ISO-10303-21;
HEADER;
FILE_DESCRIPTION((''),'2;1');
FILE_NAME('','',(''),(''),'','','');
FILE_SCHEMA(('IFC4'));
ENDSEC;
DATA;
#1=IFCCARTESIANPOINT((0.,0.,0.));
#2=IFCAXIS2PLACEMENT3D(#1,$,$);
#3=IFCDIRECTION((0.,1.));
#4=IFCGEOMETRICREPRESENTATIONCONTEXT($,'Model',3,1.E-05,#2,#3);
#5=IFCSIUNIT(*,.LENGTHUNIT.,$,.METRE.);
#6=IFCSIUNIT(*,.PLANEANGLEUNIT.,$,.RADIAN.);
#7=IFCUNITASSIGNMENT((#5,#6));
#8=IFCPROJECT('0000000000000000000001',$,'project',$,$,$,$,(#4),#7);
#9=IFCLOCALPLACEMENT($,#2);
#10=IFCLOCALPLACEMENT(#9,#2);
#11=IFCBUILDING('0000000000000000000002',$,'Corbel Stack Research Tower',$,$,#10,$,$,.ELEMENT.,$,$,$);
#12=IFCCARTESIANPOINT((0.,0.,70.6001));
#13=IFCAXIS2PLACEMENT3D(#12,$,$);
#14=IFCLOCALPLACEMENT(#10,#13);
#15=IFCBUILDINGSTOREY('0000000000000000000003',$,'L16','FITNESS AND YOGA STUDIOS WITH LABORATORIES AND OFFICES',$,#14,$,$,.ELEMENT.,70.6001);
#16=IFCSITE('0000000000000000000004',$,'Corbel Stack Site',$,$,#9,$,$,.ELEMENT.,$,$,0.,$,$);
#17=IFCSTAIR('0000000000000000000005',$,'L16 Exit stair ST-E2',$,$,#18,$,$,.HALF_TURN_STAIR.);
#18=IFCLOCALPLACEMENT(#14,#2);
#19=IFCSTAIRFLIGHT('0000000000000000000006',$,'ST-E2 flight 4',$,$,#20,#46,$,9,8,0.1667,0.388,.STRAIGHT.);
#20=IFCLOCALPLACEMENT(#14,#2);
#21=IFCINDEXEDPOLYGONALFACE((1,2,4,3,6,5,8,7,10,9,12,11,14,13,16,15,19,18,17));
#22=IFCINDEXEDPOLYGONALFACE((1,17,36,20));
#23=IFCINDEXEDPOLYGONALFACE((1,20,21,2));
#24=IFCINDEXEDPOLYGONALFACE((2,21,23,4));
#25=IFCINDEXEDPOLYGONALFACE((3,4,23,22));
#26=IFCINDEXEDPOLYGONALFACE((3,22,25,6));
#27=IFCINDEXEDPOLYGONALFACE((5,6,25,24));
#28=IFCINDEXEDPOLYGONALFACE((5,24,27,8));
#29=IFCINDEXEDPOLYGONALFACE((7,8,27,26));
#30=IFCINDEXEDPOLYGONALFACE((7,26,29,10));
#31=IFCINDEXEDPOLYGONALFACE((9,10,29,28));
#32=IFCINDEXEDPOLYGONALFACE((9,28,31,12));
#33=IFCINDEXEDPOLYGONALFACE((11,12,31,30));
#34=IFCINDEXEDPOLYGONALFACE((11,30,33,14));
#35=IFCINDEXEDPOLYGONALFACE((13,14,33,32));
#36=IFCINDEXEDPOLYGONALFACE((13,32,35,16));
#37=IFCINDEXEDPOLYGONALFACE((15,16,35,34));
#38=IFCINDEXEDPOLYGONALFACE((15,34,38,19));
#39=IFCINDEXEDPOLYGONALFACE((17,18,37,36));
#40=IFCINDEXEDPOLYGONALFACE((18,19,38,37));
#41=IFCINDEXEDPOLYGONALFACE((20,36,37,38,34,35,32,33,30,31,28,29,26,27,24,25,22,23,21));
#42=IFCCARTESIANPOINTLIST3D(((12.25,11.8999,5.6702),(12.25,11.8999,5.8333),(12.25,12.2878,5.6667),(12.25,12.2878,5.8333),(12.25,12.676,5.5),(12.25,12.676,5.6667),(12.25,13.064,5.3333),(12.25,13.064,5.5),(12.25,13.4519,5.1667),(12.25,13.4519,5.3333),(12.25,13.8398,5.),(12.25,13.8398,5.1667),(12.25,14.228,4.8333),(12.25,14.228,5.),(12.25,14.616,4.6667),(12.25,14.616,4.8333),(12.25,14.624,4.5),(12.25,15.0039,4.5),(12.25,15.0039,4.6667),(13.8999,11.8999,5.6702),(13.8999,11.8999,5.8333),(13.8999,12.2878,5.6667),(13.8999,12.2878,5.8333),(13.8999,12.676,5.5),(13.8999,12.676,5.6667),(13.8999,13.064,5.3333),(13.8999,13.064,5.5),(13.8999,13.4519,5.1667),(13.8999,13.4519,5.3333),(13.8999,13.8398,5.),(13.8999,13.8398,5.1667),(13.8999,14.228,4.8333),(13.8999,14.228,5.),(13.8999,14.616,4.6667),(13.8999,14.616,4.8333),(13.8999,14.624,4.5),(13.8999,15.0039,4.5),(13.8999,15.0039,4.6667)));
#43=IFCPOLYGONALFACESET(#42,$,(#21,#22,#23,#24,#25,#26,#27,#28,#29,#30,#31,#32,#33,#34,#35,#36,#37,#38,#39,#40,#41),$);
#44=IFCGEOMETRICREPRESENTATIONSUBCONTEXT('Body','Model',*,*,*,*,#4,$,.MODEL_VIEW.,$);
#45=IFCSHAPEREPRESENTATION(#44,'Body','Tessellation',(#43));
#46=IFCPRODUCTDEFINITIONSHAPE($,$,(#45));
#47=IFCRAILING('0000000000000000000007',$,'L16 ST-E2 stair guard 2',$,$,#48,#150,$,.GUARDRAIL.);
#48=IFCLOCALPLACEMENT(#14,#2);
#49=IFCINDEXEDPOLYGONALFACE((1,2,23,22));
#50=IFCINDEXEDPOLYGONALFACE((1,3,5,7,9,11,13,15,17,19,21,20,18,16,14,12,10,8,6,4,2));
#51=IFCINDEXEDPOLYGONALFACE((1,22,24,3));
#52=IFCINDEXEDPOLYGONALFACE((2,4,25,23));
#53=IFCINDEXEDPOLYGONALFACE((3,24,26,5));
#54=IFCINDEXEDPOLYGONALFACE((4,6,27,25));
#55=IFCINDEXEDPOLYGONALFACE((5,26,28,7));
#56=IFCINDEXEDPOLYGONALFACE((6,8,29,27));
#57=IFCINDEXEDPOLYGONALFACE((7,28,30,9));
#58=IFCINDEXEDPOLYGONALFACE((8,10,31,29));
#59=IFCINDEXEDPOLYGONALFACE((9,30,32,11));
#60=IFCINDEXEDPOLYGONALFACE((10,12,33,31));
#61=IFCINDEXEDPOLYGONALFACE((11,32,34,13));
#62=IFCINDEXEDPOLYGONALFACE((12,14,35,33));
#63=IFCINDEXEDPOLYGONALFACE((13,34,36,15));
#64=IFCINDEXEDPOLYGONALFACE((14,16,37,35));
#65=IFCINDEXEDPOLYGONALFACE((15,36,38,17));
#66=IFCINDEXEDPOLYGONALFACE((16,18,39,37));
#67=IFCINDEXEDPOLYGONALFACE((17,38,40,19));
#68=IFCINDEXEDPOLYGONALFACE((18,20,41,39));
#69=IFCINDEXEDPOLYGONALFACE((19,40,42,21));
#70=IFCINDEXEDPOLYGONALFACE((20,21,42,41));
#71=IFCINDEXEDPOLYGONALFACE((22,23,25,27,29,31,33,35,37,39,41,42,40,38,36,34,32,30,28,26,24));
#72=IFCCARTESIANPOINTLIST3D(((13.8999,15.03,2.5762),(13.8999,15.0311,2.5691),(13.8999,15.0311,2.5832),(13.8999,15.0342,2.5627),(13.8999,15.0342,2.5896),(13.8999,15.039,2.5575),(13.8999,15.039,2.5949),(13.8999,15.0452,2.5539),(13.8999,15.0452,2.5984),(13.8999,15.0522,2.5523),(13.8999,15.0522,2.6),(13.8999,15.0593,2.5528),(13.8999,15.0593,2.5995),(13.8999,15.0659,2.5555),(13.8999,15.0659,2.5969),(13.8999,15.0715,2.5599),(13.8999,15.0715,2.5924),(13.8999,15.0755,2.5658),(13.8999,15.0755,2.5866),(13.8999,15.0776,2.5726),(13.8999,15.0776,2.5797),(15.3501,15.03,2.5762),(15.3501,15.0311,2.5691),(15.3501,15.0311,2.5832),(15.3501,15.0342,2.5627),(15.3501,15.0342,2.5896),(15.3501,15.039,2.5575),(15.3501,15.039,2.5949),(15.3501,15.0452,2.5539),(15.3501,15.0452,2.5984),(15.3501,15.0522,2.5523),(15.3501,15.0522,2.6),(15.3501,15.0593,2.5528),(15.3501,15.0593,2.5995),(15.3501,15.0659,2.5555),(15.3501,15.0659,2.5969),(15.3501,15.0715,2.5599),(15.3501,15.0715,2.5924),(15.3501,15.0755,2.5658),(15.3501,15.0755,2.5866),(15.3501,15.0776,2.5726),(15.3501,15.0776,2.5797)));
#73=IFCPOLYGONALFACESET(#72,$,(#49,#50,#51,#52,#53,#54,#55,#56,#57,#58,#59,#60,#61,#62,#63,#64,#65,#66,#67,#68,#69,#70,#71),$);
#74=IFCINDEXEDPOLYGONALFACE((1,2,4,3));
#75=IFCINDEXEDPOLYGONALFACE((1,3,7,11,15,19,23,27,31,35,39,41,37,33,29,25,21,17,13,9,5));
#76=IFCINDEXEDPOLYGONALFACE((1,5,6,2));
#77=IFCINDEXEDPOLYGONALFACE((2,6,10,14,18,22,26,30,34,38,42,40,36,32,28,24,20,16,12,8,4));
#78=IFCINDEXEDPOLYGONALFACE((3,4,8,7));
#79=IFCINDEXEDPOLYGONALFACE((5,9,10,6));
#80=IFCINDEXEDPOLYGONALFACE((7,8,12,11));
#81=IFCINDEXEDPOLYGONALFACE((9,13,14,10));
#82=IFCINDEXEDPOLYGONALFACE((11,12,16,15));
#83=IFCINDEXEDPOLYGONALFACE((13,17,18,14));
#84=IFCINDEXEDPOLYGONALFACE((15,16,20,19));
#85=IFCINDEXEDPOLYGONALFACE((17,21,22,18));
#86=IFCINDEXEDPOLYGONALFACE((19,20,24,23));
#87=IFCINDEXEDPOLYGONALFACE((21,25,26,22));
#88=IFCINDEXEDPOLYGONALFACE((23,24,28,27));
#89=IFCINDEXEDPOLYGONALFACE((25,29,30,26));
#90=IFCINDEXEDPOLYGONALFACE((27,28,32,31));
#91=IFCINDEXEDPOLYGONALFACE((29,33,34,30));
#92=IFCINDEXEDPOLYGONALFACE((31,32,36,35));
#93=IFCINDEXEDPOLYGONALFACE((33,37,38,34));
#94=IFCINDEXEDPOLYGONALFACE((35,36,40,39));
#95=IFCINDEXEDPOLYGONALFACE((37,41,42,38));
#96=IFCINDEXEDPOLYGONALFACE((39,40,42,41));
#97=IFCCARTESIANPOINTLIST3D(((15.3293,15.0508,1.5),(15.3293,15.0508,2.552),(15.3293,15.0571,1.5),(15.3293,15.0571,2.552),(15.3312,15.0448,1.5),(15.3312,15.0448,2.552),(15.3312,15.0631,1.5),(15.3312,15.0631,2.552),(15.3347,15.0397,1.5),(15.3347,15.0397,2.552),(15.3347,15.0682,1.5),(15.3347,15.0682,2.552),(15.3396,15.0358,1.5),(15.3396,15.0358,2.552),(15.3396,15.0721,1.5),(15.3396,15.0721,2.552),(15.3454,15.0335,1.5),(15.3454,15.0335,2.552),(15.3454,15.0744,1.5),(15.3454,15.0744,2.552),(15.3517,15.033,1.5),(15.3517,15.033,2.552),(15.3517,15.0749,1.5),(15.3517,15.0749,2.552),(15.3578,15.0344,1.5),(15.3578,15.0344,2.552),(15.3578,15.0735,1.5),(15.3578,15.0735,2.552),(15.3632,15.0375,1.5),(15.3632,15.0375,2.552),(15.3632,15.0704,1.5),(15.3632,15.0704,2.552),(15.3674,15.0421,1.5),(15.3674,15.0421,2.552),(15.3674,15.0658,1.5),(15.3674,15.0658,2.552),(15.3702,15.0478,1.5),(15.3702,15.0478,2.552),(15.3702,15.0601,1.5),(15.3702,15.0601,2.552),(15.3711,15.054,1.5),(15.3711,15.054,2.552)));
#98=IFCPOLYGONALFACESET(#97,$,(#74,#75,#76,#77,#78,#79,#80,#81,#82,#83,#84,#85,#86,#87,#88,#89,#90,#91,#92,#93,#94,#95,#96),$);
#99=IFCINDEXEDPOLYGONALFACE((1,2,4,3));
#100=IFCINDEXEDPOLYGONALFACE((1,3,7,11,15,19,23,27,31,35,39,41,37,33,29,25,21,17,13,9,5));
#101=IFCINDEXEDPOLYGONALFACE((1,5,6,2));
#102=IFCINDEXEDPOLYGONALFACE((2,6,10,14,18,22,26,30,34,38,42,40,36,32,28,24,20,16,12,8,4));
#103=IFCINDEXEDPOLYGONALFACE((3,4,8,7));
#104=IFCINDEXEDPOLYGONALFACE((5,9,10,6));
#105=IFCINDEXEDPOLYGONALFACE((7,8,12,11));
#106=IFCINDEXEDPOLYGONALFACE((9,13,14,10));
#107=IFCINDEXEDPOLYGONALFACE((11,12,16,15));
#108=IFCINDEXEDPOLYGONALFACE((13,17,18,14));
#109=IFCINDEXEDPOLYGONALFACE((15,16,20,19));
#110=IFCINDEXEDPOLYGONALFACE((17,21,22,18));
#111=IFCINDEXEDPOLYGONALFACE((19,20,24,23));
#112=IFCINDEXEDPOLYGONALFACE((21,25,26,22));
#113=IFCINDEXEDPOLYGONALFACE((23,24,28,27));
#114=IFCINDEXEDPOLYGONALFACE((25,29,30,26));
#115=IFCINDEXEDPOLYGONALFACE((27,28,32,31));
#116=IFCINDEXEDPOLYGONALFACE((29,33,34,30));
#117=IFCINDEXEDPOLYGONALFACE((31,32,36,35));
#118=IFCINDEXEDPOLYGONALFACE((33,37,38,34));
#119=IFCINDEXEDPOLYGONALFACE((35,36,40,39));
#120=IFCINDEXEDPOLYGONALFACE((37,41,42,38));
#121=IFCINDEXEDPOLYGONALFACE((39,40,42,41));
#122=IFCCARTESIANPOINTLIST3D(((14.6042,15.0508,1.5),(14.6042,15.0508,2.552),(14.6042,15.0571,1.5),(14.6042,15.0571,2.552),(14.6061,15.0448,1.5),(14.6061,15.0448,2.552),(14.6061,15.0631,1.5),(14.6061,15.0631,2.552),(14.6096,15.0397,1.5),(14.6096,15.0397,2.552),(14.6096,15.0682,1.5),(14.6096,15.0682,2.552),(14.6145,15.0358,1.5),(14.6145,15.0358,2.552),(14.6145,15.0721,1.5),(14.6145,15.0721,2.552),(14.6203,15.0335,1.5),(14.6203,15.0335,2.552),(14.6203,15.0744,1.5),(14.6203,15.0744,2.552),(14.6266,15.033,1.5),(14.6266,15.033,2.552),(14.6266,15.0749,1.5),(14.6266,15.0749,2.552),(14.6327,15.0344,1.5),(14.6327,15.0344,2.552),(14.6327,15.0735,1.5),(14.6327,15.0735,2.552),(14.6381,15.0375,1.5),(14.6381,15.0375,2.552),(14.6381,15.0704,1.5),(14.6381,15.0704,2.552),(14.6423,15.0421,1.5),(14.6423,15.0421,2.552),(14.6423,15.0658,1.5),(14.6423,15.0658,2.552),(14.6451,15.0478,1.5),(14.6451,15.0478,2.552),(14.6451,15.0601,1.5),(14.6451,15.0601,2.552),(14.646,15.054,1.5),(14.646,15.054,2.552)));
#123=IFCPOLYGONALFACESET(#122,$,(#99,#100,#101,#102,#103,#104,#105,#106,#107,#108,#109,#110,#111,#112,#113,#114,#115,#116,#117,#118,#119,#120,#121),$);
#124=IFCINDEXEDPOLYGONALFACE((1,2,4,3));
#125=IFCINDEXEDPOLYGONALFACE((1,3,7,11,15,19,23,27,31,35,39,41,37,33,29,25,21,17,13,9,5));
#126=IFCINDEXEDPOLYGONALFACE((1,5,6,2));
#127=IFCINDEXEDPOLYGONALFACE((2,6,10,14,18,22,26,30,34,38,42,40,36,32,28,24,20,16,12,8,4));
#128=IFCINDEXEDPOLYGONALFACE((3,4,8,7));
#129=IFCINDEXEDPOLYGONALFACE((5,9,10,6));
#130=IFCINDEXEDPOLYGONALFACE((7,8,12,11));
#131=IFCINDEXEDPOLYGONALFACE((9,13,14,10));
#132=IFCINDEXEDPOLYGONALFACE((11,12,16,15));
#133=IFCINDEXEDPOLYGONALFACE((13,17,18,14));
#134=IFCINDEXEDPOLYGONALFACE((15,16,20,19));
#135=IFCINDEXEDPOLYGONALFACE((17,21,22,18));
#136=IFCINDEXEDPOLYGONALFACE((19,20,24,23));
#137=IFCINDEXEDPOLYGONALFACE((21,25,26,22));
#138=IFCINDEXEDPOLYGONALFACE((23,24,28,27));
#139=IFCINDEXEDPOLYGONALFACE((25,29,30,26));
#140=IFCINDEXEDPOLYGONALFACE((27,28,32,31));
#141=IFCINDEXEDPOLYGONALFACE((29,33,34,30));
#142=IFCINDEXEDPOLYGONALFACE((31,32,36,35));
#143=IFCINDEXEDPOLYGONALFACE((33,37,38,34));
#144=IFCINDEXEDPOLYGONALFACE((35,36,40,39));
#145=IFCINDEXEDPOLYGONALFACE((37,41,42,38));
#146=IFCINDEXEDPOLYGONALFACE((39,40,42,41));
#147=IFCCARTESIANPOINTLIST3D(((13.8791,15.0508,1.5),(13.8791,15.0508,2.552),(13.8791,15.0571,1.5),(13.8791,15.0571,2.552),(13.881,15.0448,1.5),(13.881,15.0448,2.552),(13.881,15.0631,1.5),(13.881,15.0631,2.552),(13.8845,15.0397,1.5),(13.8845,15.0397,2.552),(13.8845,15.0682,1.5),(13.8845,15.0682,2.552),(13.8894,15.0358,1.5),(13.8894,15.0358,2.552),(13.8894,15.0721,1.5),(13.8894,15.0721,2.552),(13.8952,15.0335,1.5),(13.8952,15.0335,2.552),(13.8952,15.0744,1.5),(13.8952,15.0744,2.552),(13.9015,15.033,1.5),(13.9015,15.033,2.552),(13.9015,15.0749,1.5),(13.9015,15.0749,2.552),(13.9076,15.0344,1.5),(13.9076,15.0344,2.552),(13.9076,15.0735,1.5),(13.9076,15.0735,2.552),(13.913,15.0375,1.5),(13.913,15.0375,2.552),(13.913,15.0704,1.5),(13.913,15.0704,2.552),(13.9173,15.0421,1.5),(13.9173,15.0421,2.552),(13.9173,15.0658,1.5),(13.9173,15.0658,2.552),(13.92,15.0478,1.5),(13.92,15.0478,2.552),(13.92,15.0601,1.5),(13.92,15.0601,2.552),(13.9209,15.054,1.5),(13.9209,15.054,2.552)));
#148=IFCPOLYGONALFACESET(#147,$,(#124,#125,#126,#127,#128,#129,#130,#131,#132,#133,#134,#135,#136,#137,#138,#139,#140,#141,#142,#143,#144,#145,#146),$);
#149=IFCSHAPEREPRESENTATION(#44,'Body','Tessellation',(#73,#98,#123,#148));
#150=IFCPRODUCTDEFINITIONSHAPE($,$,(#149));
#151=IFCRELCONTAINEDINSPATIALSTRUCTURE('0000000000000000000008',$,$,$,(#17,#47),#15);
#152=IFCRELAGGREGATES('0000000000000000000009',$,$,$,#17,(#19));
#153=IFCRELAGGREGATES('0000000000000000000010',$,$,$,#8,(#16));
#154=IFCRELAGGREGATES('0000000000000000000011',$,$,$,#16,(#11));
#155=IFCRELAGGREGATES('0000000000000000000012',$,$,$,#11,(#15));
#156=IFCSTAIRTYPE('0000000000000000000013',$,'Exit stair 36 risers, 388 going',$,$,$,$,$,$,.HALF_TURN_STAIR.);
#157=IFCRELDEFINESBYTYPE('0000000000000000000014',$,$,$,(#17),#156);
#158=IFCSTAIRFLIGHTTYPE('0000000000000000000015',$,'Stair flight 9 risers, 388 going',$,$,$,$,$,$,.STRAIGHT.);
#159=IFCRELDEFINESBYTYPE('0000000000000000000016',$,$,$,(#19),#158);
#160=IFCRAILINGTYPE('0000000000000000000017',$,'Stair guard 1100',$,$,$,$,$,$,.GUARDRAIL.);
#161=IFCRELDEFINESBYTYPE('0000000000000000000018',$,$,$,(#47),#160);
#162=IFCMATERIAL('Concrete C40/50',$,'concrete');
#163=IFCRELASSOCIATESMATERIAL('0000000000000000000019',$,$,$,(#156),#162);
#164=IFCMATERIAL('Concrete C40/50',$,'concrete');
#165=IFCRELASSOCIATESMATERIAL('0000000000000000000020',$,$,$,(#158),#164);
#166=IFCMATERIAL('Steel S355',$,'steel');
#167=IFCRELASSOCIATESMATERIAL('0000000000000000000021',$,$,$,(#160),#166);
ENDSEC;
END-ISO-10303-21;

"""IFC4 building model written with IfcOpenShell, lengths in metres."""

from ifc_helpers import new_model, si_unit, direction, frame, origin, origin_2d, place, context, subcontext, project, spatial, polyline, circle, outline, extrude, material, type_object, element, aggregate, save


model = new_model("IFC4")

# Units and contexts
model_context = context("Model", 3, precision=1e-05, world=origin(), true_north=direction((0.0, 1.0)))
body_context = subcontext(model_context, "Body", "Model", "MODEL_VIEW")
ifc_project = project(units=[si_unit("LENGTHUNIT", "METRE"), si_unit("PLANEANGLEUNIT", "RADIAN")], contexts=[model_context])

# Site, building, storey
site_placement = place(None, origin())
site = spatial("IfcSite", under=ifc_project, at=site_placement, Name="Corbel Stack Site", CompositionType="ELEMENT", RefElevation=0.0)
building_placement = place(site_placement, origin())
building = spatial("IfcBuilding", under=site, at=building_placement, Name="Corbel Stack Research Tower", CompositionType="ELEMENT")
storey_placement = place(building_placement, frame((0.0, 0.0, 70.6001)))
storey = spatial("IfcBuildingStorey", under=building, at=storey_placement, Name="L16", Description="FITNESS AND YOGA STUDIOS WITH LABORATORIES AND OFFICES", CompositionType="ELEMENT", Elevation=70.6001)

# Stair, stair flight
ifc_material_1 = material(Name="Concrete C40/50", Category="concrete")
stair_type = type_object("IfcStairType", Name="Exit stair 36 risers, 388 going", PredefinedType="HALF_TURN_STAIR", material=ifc_material_1)
stair_placement = place(storey_placement, origin())
stair = element("IfcStair", 1, at=stair_placement, inside=storey, type_object=stair_type, Name="L16 Exit stair ST-E2", PredefinedType="HALF_TURN_STAIR")
ifc_material_2 = material(Name="Concrete C40/50", Category="concrete")
stair_flight_type = type_object("IfcStairFlightType", Name="Stair flight 9 risers, 388 going", PredefinedType="STRAIGHT", material=ifc_material_2)
stair_flight_1_placement = place(storey_placement, frame((13.075, 15.0039, 4.5), z_axis=(0.0, 0.0, 1.0), x_axis=(0.0, -1.0, 0.0)))
stair_flight_1 = element("IfcStairFlight", 2, at=stair_flight_1_placement, type_object=stair_flight_type, Name="ST-E2 flight 4", NumberOfRisers=9, NumberOfTreads=8, PredefinedType="STRAIGHT", RiserHeight=0.1667, TreadLength=0.388, context=body_context, shape_type="SweptSolid", body=[
    extrude(outline(polyline([(0.0, 0.0), (0.0, 0.1667), (0.3879, 0.1667), (0.3879, 0.3333), (0.7759, 0.3333), (0.7759, 0.5), (1.1641, 0.5), (1.1641, 0.6667), (1.552, 0.6667), (1.552, 0.8333), (1.9399, 0.8333), (1.9399, 1.0), (2.3279, 1.0), (2.3279, 1.1667), (2.7161, 1.1667), (2.7161, 1.3333), (3.104, 1.3333), (3.104, 1.5), (3.104, 1.1702), (0.3799, 0.0), (0.0, 0.0)])), frame((0.0, 0.825, 0.0), z_axis=(0.0, -1.0, 0.0), x_axis=(1.0, 0.0, 0.0)), (0.0, 0.0, 1.0), 1.6499),
])
aggregate(stair, [stair_flight_1])

# Railing
ifc_material_3 = material(Name="Steel S355", Category="steel")
railing_type_1 = type_object("IfcRailingType", Name="Stair guard 1100", PredefinedType="GUARDRAIL", material=ifc_material_3)
railing_1_placement = place(storey_placement, frame((15.3501, 15.054, 1.5)))
element("IfcRailing", 3, at=railing_1_placement, inside=storey, type_object=railing_type_1, Name="L16 ST-E2 stair guard 2", PredefinedType="GUARDRAIL", context=body_context, shape_type="SweptSolid", body=[
    extrude(circle(Radius=0.0239, at=origin_2d()), frame((0.0, 0.0, 1.0762), z_axis=(-1.0, 0.0, 0.0), x_axis=(0.0, -1.0, 0.0)), (0.0, 0.0, 1.0), 1.4502),
    extrude(circle(Radius=0.021, at=origin_2d()), origin(), (0.0, 0.0, 1.0), 1.052),
    extrude(circle(Radius=0.021, at=origin_2d()), frame((-0.7251, 0.0, 0.0)), (0.0, 0.0, 1.0), 1.052),
    extrude(circle(Radius=0.021, at=origin_2d()), frame((-1.4502, 0.0, 0.0)), (0.0, 0.0, 1.0), 1.052),
])

save(model, "model.ifc")
